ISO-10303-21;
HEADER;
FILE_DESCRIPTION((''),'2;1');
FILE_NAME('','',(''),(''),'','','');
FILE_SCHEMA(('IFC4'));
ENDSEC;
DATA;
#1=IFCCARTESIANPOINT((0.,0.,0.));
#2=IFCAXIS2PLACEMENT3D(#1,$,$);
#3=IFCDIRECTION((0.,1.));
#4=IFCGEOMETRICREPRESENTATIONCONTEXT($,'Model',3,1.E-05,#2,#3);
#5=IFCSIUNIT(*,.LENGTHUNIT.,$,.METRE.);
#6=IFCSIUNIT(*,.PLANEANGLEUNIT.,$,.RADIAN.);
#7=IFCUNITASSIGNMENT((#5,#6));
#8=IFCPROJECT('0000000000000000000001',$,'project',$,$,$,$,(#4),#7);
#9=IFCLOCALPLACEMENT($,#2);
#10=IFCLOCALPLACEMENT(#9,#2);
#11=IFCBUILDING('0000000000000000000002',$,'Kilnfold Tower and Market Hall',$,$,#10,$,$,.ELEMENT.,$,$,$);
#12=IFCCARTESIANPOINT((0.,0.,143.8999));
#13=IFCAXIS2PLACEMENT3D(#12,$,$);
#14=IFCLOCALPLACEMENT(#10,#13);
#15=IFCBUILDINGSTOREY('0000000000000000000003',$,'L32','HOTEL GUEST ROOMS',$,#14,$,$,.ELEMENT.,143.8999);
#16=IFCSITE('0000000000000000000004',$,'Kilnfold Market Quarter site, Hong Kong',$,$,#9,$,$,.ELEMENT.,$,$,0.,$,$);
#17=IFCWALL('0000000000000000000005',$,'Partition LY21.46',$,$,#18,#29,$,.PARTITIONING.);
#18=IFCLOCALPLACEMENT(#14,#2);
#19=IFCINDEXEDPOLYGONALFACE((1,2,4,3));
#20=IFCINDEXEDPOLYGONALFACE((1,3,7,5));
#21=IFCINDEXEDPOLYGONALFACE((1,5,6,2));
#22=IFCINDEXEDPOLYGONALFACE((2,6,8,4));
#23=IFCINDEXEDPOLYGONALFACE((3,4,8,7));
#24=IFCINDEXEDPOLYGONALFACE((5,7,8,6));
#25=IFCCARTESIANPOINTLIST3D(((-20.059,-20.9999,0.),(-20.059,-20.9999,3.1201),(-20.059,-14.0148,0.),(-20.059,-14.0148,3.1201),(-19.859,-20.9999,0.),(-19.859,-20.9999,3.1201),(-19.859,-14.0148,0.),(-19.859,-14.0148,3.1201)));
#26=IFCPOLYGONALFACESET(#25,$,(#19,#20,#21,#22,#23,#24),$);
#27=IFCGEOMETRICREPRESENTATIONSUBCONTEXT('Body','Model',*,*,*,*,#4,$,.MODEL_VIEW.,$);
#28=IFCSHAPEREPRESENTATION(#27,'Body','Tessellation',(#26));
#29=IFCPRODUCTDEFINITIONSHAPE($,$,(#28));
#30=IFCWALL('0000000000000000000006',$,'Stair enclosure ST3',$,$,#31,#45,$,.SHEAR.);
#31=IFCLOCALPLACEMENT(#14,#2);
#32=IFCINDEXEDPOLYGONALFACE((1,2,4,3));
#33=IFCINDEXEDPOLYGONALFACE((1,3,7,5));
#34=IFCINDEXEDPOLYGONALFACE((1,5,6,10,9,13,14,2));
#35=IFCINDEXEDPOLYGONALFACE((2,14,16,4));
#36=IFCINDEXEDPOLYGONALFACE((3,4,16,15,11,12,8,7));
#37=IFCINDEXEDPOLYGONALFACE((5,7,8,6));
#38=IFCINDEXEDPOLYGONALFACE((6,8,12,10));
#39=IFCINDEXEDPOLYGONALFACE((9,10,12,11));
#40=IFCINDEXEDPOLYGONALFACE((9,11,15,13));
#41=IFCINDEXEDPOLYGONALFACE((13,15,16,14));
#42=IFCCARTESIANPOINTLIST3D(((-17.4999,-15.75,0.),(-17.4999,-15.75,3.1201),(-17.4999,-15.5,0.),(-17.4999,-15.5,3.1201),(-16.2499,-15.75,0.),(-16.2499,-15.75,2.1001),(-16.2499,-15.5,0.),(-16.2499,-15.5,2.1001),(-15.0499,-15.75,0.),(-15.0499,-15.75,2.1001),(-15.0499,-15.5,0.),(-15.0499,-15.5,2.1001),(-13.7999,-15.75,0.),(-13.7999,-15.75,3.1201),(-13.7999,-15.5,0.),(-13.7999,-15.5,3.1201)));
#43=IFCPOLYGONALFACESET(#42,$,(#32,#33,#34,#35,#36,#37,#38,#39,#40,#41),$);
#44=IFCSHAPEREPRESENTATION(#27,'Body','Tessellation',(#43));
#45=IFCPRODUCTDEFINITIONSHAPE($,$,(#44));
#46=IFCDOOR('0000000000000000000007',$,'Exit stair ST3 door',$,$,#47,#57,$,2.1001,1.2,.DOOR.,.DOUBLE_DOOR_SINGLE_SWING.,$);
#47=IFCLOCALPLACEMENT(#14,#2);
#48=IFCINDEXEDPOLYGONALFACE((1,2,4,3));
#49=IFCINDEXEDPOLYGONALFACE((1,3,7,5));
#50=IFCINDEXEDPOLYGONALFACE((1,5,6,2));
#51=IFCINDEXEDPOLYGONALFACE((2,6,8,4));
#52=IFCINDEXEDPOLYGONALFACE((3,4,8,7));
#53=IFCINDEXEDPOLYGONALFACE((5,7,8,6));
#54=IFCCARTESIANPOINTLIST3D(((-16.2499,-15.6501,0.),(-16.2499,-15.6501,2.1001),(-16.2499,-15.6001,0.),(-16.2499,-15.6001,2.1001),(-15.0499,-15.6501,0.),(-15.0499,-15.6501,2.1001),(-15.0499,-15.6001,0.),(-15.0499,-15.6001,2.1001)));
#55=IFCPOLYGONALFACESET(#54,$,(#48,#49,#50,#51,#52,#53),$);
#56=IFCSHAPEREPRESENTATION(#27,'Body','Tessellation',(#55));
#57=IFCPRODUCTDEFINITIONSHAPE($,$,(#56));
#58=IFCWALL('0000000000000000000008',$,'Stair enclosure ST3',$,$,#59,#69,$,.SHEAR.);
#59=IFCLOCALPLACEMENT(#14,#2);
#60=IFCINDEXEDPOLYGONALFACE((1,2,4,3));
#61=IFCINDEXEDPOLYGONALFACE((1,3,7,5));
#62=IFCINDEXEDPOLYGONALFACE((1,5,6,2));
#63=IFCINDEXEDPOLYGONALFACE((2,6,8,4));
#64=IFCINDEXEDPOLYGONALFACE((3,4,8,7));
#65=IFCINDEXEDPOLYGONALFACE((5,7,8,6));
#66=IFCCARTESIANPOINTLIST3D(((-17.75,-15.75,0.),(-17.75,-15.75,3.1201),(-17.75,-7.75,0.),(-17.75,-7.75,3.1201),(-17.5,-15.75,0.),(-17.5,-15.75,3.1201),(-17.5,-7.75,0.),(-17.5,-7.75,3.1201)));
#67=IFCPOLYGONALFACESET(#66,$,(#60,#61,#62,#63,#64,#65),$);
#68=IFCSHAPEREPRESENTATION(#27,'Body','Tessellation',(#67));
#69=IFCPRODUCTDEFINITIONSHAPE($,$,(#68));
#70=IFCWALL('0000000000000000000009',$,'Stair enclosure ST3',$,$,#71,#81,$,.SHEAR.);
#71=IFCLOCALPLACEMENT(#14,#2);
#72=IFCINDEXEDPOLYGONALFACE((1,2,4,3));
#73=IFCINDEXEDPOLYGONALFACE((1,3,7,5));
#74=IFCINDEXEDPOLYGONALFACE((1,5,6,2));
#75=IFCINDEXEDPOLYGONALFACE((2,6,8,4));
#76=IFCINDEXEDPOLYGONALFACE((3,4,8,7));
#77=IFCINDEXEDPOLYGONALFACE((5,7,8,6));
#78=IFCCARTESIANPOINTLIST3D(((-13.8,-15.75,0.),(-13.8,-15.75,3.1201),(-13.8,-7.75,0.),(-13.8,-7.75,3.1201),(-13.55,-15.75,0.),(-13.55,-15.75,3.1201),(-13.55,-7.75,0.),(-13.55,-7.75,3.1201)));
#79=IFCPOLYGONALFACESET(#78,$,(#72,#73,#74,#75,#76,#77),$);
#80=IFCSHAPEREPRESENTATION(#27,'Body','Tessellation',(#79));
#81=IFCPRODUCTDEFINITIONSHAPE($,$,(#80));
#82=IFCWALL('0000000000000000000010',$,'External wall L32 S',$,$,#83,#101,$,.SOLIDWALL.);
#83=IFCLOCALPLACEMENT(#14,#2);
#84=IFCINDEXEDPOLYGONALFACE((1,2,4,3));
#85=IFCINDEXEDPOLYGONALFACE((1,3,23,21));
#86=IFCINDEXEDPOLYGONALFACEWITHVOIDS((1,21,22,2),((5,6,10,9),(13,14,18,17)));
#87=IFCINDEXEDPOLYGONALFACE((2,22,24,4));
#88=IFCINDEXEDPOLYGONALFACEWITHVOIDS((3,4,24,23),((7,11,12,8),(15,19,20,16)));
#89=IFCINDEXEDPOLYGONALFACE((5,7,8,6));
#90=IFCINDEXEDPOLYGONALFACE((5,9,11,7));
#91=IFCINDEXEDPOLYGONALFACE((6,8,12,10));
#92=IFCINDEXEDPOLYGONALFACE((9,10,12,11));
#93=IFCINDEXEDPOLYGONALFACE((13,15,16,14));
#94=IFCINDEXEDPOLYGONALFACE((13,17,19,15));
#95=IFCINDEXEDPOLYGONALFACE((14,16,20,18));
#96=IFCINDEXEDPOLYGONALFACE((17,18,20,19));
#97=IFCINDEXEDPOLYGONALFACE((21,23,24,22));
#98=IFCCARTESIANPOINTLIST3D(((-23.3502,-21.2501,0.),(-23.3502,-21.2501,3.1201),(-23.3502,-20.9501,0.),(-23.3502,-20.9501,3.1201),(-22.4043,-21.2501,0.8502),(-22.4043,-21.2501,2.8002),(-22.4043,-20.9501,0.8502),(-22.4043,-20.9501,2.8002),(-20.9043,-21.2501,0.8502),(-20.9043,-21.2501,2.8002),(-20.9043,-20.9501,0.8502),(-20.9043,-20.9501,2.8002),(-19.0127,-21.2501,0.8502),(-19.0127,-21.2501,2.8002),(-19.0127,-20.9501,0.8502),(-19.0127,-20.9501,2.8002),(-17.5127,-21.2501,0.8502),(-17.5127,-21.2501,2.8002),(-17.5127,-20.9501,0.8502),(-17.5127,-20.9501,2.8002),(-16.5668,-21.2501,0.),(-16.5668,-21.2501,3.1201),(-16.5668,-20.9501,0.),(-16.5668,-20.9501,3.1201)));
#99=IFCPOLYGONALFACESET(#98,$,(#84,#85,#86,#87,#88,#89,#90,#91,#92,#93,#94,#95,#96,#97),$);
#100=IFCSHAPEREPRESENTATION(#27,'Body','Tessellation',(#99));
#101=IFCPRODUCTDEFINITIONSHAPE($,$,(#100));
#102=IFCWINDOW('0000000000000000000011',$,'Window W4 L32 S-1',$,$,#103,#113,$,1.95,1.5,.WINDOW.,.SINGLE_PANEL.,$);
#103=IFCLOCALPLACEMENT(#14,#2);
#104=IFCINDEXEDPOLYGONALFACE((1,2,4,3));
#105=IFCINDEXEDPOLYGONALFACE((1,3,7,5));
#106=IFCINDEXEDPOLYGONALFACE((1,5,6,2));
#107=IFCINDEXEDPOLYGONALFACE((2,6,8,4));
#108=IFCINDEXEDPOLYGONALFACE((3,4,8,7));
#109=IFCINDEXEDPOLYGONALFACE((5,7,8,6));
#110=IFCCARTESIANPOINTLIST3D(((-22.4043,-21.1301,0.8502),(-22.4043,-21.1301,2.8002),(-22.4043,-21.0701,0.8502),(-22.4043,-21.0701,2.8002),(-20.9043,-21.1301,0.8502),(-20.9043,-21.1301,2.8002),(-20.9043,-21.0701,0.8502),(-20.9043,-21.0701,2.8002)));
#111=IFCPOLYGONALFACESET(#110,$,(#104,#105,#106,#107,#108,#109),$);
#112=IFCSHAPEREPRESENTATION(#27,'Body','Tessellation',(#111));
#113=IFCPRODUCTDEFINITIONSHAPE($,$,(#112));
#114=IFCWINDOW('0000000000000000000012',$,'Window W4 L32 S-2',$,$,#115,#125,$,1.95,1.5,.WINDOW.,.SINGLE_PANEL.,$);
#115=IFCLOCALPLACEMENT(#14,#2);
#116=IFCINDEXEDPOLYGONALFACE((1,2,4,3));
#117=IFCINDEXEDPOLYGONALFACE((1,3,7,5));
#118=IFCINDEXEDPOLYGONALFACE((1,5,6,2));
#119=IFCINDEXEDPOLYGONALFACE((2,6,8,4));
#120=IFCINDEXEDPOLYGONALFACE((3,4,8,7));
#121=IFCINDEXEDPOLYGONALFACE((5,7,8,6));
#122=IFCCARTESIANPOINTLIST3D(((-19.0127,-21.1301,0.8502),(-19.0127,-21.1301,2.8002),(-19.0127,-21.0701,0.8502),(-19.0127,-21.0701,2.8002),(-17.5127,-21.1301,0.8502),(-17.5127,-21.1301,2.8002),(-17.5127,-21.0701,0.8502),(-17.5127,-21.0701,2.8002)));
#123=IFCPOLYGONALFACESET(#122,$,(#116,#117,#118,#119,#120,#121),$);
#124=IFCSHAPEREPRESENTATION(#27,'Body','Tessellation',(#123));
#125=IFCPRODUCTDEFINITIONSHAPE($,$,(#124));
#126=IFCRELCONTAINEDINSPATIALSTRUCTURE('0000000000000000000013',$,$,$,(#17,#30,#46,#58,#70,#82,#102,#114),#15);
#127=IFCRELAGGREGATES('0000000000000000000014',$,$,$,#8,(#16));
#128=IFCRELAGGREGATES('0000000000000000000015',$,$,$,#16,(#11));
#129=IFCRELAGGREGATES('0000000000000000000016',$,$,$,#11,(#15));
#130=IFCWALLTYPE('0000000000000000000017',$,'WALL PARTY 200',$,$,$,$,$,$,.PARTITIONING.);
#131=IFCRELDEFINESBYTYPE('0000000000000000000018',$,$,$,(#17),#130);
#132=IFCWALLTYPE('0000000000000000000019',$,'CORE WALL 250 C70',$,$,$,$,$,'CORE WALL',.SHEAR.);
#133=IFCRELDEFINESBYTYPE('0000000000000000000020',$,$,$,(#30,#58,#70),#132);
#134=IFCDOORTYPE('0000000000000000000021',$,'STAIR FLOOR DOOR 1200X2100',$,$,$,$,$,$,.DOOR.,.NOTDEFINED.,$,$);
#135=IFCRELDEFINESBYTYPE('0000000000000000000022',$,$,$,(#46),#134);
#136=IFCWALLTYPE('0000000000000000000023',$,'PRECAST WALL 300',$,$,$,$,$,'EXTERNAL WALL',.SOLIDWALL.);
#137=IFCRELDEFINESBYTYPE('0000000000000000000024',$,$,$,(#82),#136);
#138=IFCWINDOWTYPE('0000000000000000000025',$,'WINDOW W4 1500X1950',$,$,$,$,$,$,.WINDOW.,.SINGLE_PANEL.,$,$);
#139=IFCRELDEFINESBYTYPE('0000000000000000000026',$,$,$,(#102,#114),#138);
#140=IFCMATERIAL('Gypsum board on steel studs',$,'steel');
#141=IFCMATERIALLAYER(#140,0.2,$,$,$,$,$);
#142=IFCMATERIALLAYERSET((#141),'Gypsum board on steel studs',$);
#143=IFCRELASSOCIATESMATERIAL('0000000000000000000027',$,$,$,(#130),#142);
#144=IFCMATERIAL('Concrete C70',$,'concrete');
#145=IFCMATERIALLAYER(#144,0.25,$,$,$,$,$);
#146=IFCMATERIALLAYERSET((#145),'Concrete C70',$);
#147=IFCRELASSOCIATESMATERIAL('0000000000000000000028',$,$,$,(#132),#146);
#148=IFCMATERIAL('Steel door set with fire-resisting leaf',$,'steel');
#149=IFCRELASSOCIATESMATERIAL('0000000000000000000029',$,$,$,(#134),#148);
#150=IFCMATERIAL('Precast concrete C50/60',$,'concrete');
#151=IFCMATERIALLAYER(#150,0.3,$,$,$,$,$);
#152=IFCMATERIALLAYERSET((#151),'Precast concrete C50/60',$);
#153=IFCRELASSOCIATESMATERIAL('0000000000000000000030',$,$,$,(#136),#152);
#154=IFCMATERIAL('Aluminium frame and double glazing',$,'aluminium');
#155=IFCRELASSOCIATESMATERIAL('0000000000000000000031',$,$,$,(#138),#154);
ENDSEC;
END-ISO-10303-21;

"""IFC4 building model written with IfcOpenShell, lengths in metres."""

from ifc_helpers import new_model, si_unit, direction, frame, frame_2d, origin, place, context, subcontext, project, spatial, rectangle, extrude, source, transform, mapped, material, layer, layer_set, type_object, element, fill, save


model = new_model("IFC4")

# Units and contexts
model_context = context("Model", 3, precision=1e-05, world=origin(), true_north=direction((0.0, 1.0)))
body_context = subcontext(model_context, "Body", "Model", "MODEL_VIEW")
ifc_project = project(units=[si_unit("LENGTHUNIT", "METRE"), si_unit("PLANEANGLEUNIT", "RADIAN")], contexts=[model_context])

# Site, building, storey
site_placement = place(None, origin())
site = spatial("IfcSite", under=ifc_project, at=site_placement, Name="Kilnfold Market Quarter site, Hong Kong", CompositionType="ELEMENT", RefElevation=0.0)
building_placement = place(site_placement, origin())
building = spatial("IfcBuilding", under=site, at=building_placement, Name="Kilnfold Tower and Market Hall", CompositionType="ELEMENT")
storey_placement = place(building_placement, frame((0.0, 0.0, 143.8999)))
storey = spatial("IfcBuildingStorey", under=building, at=storey_placement, Name="L32", Description="HOTEL GUEST ROOMS", CompositionType="ELEMENT", Elevation=143.8999)

# Wall
ifc_material_1 = material(Name="Gypsum board on steel studs", Category="steel")
ifc_layer_1 = layer(ifc_material_1, 0.2)
ifc_layer_set_1 = layer_set([ifc_layer_1], Name="Gypsum board on steel studs")
wall_type_1 = type_object("IfcWallType", Name="WALL PARTY 200", PredefinedType="PARTITIONING", material=ifc_layer_set_1)
wall_1_placement = place(storey_placement, frame((-19.959, -21.0, 0.0), z_axis=(0.0, 0.0, 1.0), x_axis=(0.0, 1.0, 0.0)))
element("IfcWall", 1, at=wall_1_placement, inside=storey, type_object=wall_type_1, Name="Partition LY21.46", PredefinedType="PARTITIONING", context=body_context, shape_type="SweptSolid", body=[
    extrude(rectangle(XDim=6.9851, YDim=0.2, at=frame_2d((3.4927, 0.0))), origin(), (0.0, 0.0, 1.0), 3.1201),
])

# Wall, opening, door
ifc_material_2 = material(Name="Concrete C70", Category="concrete")
ifc_layer_2 = layer(ifc_material_2, 0.25)
ifc_layer_set_2 = layer_set([ifc_layer_2], Name="Concrete C70")
wall_type_2 = type_object("IfcWallType", Name="CORE WALL 250 C70", ElementType="CORE WALL", PredefinedType="SHEAR", material=ifc_layer_set_2)
shared_shape_1 = source(origin(), body_context, "Body", "SweptSolid", [
    extrude(rectangle(XDim=3.7, YDim=0.25, at=frame_2d((1.8501, 0.0))), origin(), (0.0, 0.0, 1.0), 3.1201),
])
wall_2_placement = place(storey_placement, frame((-17.5, -15.625, 0.0), z_axis=(0.0, 0.0, 1.0), x_axis=(1.0, 0.0, 0.0)))
wall_2 = element("IfcWall", 2, at=wall_2_placement, inside=storey, type_object=wall_type_2, Name="Stair enclosure ST3", PredefinedType="SHEAR", context=body_context, shape_type="MappedRepresentation", body=[
    mapped(shared_shape_1, transform((0.0, 0.0, 0.0))),
])
opening_1_placement = place(wall_2_placement, frame((1.25, 0.0, 0.0)))
opening_1 = element("IfcOpeningElement", 3, at=opening_1_placement, cuts=wall_2, PredefinedType="OPENING", context=body_context, shape_type="SweptSolid", body=[
    extrude(rectangle(XDim=1.2, YDim=2.1001, at=frame_2d((0.6001, 1.05))), frame((0.0, 0.135, 0.0), z_axis=(0.0, -1.0, 0.0), x_axis=(1.0, 0.0, 0.0)), (0.0, 0.0, 1.0), 0.27),
])
ifc_material_3 = material(Name="Steel door set with fire-resisting leaf", Category="steel")
door_type_1 = type_object("IfcDoorType", Name="STAIR FLOOR DOOR 1200X2100", OperationType="NOTDEFINED", PredefinedType="DOOR", material=ifc_material_3)
door_1_placement = place(opening_1_placement, origin())
door_1 = element("IfcDoor", 4, at=door_1_placement, inside=storey, type_object=door_type_1, Name="Exit stair ST3 door", OperationType="DOUBLE_DOOR_SINGLE_SWING", OverallHeight=2.1001, OverallWidth=1.2, PredefinedType="DOOR", context=body_context, shape_type="SweptSolid", body=[
    extrude(rectangle(XDim=1.2, YDim=2.1001, at=frame_2d((0.6001, 1.05))), frame((0.0, 0.0249, 0.0), z_axis=(0.0, -1.0, 0.0), x_axis=(1.0, 0.0, 0.0)), (0.0, 0.0, 1.0), 0.05),
])
fill(opening_1, door_1)

# Walls
shared_shape_2 = source(origin(), body_context, "Body", "SweptSolid", [
    extrude(rectangle(XDim=8.0, YDim=0.25, at=frame_2d((4.0, 0.0))), origin(), (0.0, 0.0, 1.0), 3.1201),
])
for number, where, z_axis, x_axis, name in (
    (5, (-17.625, -15.75, 0.0), (0.0, 0.0, 1.0), (0.0, 1.0, 0.0), "Stair enclosure ST3"),
    (6, (-13.675, -15.75, 0.0), (0.0, 0.0, 1.0), (0.0, 1.0, 0.0), "Stair enclosure ST3"),
):
    element("IfcWall", number, at=place(storey_placement, frame(where, z_axis=z_axis, x_axis=x_axis)), inside=storey, type_object=wall_type_2, Name=name, PredefinedType="SHEAR", context=body_context, shape_type="MappedRepresentation", body=[
        mapped(shared_shape_2, transform((0.0, 0.0, 0.0))),
    ])

# Wall, openings, windows
ifc_material_4 = material(Name="Precast concrete C50/60", Category="concrete")
ifc_layer_3 = layer(ifc_material_4, 0.3)
ifc_layer_set_3 = layer_set([ifc_layer_3], Name="Precast concrete C50/60")
wall_type_3 = type_object("IfcWallType", Name="PRECAST WALL 300", ElementType="EXTERNAL WALL", PredefinedType="SOLIDWALL", material=ifc_layer_set_3)
shared_shape_3 = source(origin(), body_context, "Body", "SweptSolid", [
    extrude(rectangle(XDim=6.7834, YDim=0.3, at=frame_2d((3.3916, 0.0))), origin(), (0.0, 0.0, 1.0), 3.1201),
])
wall_3_placement = place(storey_placement, frame((-23.3501, -21.1001, 0.0), z_axis=(0.0, 0.0, 1.0), x_axis=(1.0, 0.0, 0.0)))
wall_3 = element("IfcWall", 7, at=wall_3_placement, inside=storey, type_object=wall_type_3, Name="External wall L32 S", PredefinedType="SOLIDWALL", context=body_context, shape_type="MappedRepresentation", body=[
    mapped(shared_shape_3, transform((0.0, 0.0, 0.0))),
])
opening_2_placement = place(wall_3_placement, frame((0.9458, 0.0, 0.8501)))
opening_2 = element("IfcOpeningElement", 8, at=opening_2_placement, cuts=wall_3, PredefinedType="OPENING", context=body_context, shape_type="SweptSolid", body=[
    extrude(rectangle(XDim=1.5, YDim=1.95, at=frame_2d((0.75, 0.9751))), frame((0.0, 0.1602, 0.0), z_axis=(0.0, -1.0, 0.0), x_axis=(1.0, 0.0, 0.0)), (0.0, 0.0, 1.0), 0.3201),
])
opening_3_placement = place(wall_3_placement, frame((4.3374, 0.0, 0.8501)))
opening_3 = element("IfcOpeningElement", 9, at=opening_3_placement, cuts=wall_3, PredefinedType="OPENING", context=body_context, shape_type="SweptSolid", body=[
    extrude(rectangle(XDim=1.5, YDim=1.95, at=frame_2d((0.75, 0.9751))), frame((0.0, 0.1602, 0.0), z_axis=(0.0, -1.0, 0.0), x_axis=(1.0, 0.0, 0.0)), (0.0, 0.0, 1.0), 0.3201),
])
ifc_material_5 = material(Name="Aluminium frame and double glazing", Category="aluminium")
window_type_1 = type_object("IfcWindowType", Name="WINDOW W4 1500X1950", PartitioningType="SINGLE_PANEL", PredefinedType="WINDOW", material=ifc_material_5)
window_1_placement = place(opening_2_placement, origin())
window_1 = element("IfcWindow", 10, at=window_1_placement, inside=storey, type_object=window_type_1, Name="Window W4 L32 S-1", OverallHeight=1.95, OverallWidth=1.5, PartitioningType="SINGLE_PANEL", PredefinedType="WINDOW", context=body_context, shape_type="SweptSolid", body=[
    extrude(rectangle(XDim=1.5, YDim=1.95, at=frame_2d((0.75, 0.9751))), frame((0.0, 0.03, 0.0), z_axis=(0.0, -1.0, 0.0), x_axis=(1.0, 0.0, 0.0)), (0.0, 0.0, 1.0), 0.0601),
])
fill(opening_2, window_1)
window_2_placement = place(opening_3_placement, origin())
window_2 = element("IfcWindow", 11, at=window_2_placement, inside=storey, type_object=window_type_1, Name="Window W4 L32 S-2", OverallHeight=1.95, OverallWidth=1.5, PartitioningType="SINGLE_PANEL", PredefinedType="WINDOW", context=body_context, shape_type="SweptSolid", body=[
    extrude(rectangle(XDim=1.5, YDim=1.95, at=frame_2d((0.75, 0.9751))), frame((0.0, 0.03, 0.0), z_axis=(0.0, -1.0, 0.0), x_axis=(1.0, 0.0, 0.0)), (0.0, 0.0, 1.0), 0.0601),
])
fill(opening_3, window_2)

save(model, "model.ifc")
